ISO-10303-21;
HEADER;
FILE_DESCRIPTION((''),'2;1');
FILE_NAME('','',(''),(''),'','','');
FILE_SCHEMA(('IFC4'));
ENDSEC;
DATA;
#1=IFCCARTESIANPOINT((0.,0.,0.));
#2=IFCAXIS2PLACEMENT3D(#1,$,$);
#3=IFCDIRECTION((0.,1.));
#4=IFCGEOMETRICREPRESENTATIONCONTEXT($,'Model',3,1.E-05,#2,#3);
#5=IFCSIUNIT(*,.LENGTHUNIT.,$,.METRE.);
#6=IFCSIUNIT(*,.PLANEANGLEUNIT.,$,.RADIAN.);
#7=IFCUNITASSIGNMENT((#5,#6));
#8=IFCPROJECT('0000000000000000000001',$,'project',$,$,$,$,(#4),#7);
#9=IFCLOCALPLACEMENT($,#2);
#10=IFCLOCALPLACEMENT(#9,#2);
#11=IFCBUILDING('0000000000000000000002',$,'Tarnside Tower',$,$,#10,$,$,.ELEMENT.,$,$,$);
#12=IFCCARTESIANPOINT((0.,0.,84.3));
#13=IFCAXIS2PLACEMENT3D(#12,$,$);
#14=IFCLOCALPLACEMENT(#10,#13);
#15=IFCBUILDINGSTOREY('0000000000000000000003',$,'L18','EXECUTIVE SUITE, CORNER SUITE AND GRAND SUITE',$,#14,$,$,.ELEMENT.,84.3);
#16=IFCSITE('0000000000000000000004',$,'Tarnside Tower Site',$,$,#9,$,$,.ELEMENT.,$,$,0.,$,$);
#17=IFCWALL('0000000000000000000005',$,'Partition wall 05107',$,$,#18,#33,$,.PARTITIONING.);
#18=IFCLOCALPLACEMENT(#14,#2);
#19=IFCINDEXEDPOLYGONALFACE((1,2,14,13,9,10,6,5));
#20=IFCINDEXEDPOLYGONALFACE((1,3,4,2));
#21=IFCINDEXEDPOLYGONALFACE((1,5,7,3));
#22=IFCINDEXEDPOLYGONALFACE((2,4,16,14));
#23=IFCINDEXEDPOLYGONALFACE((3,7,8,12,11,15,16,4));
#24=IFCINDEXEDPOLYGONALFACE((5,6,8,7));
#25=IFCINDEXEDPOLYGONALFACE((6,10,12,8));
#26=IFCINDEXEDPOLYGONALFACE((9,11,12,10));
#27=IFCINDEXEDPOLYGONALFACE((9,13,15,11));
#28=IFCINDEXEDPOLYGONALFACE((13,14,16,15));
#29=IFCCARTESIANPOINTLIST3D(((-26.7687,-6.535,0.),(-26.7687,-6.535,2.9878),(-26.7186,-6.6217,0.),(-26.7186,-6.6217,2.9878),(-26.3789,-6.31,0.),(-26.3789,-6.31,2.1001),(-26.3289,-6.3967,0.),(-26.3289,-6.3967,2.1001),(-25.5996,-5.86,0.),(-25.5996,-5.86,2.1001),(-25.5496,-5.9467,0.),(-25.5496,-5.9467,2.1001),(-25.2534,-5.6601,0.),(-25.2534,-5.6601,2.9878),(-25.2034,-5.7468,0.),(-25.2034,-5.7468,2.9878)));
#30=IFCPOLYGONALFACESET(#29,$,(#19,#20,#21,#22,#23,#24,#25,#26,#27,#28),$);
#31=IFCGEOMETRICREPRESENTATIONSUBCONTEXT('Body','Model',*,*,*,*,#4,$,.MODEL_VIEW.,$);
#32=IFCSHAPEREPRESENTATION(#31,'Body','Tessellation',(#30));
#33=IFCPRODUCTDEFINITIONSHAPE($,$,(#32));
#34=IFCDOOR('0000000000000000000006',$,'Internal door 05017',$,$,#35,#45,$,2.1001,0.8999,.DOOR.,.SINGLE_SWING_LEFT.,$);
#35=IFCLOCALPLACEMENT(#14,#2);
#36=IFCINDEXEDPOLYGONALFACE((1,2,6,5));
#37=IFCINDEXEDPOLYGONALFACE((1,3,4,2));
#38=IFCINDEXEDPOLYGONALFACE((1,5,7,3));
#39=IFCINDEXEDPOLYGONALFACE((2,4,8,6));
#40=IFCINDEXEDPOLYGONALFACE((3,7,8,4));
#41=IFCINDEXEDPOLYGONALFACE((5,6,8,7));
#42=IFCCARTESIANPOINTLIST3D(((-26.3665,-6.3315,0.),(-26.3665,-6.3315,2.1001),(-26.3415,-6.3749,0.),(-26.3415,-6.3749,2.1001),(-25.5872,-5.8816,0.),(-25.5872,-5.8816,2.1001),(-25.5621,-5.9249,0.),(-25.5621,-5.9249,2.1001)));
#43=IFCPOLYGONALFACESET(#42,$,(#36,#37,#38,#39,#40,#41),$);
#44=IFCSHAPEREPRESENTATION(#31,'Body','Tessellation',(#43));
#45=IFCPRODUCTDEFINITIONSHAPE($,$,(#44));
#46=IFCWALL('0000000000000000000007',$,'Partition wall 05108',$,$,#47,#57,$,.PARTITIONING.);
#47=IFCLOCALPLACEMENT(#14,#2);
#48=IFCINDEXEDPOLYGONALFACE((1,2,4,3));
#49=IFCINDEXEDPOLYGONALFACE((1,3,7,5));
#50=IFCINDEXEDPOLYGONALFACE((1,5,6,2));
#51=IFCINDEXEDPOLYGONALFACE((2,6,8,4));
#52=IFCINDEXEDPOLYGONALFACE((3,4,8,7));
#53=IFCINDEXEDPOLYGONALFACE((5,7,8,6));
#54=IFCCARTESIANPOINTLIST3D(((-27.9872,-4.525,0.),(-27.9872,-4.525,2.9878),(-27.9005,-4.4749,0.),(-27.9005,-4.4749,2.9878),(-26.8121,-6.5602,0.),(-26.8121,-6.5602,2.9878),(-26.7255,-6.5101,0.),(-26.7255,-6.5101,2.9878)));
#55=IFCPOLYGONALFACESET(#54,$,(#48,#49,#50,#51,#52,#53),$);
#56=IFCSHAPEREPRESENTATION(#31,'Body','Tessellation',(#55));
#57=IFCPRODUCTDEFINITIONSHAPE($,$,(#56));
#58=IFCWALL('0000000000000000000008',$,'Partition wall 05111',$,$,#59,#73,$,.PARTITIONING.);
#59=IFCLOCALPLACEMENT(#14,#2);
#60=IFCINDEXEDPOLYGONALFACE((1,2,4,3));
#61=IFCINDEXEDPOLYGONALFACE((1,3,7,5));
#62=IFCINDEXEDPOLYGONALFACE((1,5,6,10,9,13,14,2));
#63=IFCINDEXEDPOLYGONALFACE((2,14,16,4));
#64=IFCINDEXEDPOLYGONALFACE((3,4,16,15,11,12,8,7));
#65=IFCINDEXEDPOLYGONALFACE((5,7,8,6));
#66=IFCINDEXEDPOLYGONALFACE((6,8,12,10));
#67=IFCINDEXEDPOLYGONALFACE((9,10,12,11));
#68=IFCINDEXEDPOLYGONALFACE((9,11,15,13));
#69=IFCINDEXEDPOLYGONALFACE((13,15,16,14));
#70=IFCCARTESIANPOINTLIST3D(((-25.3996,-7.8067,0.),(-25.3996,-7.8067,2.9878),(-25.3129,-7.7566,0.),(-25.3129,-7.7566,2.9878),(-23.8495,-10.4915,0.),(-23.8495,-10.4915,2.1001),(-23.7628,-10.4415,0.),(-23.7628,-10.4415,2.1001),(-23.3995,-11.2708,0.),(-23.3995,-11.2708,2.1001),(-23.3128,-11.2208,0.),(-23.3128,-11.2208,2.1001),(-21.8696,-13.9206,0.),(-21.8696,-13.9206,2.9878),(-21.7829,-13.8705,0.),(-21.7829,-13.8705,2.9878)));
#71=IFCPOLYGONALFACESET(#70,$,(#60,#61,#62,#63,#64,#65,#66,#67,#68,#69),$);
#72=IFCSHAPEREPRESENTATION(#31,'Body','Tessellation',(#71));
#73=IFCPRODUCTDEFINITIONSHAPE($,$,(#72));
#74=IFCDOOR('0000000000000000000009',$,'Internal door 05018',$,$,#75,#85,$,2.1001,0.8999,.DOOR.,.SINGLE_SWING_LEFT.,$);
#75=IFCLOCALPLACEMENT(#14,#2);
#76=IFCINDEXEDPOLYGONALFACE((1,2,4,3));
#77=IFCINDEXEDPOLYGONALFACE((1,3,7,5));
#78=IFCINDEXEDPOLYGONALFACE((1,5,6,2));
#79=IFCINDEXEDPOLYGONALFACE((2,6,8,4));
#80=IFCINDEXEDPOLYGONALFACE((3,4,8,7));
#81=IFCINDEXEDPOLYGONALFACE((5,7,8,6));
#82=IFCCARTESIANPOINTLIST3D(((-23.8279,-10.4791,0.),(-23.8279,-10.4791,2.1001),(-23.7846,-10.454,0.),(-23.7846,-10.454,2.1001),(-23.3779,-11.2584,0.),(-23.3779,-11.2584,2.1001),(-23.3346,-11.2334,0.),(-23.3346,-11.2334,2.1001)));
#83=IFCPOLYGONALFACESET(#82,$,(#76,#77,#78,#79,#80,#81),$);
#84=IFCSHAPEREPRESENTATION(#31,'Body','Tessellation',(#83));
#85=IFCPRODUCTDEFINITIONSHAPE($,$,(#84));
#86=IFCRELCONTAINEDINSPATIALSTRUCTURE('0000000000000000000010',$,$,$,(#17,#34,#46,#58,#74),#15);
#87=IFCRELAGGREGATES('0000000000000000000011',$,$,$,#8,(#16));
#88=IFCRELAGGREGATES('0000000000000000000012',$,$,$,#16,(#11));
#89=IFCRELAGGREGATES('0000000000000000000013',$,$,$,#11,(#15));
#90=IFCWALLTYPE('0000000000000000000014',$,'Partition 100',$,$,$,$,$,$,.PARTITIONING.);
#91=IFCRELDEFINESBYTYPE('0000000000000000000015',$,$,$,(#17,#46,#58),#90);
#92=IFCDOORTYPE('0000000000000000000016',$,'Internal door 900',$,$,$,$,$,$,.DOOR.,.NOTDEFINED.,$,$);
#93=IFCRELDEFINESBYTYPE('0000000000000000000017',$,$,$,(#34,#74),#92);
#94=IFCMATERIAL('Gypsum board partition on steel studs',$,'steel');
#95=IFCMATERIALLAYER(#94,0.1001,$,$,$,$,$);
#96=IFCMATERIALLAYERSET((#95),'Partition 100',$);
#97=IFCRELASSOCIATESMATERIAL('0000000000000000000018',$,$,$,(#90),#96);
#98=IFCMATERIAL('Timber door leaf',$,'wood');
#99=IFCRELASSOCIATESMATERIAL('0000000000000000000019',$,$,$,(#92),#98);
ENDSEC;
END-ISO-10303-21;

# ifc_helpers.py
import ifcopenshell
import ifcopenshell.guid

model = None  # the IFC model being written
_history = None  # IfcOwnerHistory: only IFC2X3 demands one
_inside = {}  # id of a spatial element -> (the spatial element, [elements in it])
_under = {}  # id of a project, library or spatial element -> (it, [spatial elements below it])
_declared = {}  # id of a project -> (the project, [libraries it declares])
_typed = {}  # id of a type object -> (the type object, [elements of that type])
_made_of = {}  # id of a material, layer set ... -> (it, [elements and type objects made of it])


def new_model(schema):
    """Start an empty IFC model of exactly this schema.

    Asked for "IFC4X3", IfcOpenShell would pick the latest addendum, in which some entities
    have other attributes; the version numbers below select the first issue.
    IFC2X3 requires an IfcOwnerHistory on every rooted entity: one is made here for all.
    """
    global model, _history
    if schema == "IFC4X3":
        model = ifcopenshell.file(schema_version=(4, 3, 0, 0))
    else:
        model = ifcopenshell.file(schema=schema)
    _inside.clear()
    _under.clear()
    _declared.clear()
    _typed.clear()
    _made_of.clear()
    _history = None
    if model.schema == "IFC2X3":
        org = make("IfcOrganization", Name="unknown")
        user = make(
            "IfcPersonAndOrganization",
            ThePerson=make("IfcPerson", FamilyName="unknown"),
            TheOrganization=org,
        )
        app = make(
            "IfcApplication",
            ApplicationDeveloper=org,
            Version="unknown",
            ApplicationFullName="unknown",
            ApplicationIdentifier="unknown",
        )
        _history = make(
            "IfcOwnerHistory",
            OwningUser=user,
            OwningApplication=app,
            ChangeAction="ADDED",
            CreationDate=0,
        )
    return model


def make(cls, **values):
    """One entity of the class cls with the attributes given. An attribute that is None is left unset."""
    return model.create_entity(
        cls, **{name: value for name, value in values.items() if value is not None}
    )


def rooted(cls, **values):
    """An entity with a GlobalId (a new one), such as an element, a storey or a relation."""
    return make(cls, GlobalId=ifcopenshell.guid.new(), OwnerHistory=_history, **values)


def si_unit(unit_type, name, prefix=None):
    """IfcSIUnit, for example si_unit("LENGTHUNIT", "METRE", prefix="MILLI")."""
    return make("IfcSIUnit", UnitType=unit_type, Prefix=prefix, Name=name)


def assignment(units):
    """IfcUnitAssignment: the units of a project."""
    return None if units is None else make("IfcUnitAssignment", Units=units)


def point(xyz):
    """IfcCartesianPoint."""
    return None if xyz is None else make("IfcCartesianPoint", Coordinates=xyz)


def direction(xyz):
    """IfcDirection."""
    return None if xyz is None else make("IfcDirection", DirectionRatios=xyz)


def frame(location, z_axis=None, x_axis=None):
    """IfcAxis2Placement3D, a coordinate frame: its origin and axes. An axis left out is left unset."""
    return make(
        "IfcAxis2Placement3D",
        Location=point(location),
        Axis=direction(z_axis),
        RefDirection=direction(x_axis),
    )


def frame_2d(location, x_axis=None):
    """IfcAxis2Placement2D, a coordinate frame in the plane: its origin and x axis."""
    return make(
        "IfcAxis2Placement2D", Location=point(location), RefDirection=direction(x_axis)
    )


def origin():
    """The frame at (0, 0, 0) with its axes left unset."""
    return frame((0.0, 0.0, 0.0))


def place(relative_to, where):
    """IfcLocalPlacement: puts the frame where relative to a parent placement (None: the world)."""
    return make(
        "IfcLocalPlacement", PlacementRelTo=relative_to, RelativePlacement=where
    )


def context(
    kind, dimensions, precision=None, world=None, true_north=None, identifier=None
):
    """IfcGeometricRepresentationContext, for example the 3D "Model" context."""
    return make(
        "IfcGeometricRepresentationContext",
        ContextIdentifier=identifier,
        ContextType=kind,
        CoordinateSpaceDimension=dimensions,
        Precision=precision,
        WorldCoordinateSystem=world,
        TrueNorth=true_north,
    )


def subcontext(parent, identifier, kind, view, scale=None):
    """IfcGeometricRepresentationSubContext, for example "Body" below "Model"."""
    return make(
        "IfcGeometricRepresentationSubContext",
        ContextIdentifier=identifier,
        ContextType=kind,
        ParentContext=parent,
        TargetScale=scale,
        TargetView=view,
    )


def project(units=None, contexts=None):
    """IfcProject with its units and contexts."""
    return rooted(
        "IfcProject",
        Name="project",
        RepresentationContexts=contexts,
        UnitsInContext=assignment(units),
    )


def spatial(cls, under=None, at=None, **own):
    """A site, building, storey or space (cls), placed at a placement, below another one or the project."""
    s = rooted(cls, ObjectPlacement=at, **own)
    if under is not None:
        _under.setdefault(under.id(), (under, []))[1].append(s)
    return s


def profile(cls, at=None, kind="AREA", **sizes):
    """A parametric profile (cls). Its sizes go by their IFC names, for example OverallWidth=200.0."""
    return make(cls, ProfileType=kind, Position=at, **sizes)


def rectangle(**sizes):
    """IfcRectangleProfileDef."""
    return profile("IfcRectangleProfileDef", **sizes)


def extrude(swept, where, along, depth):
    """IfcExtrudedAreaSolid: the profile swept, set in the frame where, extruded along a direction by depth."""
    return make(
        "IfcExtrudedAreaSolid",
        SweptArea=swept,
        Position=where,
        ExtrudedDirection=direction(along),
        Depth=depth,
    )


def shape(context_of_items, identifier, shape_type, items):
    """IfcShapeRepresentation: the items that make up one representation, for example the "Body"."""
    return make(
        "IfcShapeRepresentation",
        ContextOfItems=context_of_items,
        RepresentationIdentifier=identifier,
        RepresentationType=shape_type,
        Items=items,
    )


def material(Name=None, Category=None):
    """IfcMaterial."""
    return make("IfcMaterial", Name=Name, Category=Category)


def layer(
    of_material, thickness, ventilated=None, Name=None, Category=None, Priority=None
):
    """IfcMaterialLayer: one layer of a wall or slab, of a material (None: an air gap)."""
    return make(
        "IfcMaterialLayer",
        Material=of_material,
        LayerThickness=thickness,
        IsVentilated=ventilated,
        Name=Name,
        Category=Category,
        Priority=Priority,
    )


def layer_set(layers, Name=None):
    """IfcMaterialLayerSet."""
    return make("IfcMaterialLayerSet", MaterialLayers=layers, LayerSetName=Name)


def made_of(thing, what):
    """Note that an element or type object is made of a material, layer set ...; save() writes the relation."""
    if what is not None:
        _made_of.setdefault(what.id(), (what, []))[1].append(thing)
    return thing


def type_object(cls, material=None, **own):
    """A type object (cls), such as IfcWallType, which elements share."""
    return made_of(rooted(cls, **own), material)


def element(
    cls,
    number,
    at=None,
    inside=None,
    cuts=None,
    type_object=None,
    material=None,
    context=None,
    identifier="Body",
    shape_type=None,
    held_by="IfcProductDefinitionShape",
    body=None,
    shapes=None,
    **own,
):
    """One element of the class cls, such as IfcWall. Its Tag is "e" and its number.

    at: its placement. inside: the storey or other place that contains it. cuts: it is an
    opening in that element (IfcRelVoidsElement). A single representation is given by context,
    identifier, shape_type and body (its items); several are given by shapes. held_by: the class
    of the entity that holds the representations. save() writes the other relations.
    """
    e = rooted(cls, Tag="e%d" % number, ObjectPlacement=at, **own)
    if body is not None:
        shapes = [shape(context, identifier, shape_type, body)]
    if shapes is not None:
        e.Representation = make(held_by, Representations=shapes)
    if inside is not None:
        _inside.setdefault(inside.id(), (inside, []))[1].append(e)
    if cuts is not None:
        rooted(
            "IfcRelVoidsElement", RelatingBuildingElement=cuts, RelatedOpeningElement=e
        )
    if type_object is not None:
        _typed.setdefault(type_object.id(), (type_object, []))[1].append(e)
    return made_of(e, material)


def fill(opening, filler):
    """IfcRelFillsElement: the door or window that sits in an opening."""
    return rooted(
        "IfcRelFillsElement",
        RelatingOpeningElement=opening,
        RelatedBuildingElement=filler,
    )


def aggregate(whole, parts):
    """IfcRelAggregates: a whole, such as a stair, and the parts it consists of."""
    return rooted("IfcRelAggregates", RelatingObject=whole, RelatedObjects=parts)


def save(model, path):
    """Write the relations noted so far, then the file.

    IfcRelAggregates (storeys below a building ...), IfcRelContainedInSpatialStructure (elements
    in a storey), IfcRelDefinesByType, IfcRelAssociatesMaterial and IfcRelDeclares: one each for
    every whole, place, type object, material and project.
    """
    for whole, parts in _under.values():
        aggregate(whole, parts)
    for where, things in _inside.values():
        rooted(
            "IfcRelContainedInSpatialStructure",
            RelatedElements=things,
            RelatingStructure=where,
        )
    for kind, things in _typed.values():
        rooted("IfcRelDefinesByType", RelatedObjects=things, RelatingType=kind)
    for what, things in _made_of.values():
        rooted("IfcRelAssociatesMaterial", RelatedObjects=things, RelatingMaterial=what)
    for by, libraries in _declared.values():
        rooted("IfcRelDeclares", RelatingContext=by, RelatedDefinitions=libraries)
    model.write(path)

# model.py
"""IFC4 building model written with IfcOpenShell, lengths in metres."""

from ifc_helpers import new_model, si_unit, direction, frame, frame_2d, origin, place, context, subcontext, project, spatial, rectangle, extrude, material, layer, layer_set, type_object, element, fill, save


model = new_model("IFC4")

# Units and contexts
model_context = context("Model", 3, precision=1e-05, world=origin(), true_north=direction((0.0, 1.0)))
body_context = subcontext(model_context, "Body", "Model", "MODEL_VIEW")
ifc_project = project(units=[si_unit("LENGTHUNIT", "METRE"), si_unit("PLANEANGLEUNIT", "RADIAN")], contexts=[model_context])

# Site, building, storey
site_placement = place(None, origin())
site = spatial("IfcSite", under=ifc_project, at=site_placement, Name="Tarnside Tower Site", CompositionType="ELEMENT", RefElevation=0.0)
building_placement = place(site_placement, origin())
building = spatial("IfcBuilding", under=site, at=building_placement, Name="Tarnside Tower", CompositionType="ELEMENT")
storey_placement = place(building_placement, frame((0.0, 0.0, 84.3)))
storey = spatial("IfcBuildingStorey", under=building, at=storey_placement, Name="L18", Description="EXECUTIVE SUITE, CORNER SUITE AND GRAND SUITE", CompositionType="ELEMENT", Elevation=84.3)

# Shared definitions
ifc_material_1 = material(Name="Gypsum board partition on steel studs", Category="steel")

# Shared definitions
ifc_material_2 = material(Name="Timber door leaf", Category="wood")

# Wall, opening, door
ifc_layer_1 = layer(ifc_material_1, 0.1001)
ifc_layer_set_1 = layer_set([ifc_layer_1], Name="Partition 100")
wall_type_1 = type_object("IfcWallType", Name="Partition 100", PredefinedType="PARTITIONING", material=ifc_layer_set_1)
wall_1_placement = place(storey_placement, frame((-25.2283, -5.7034, 0.0), z_axis=(0.0, 0.0, 1.0), x_axis=(-0.866002, -0.50004, 0.0)))
wall_1 = element("IfcWall", 1, at=wall_1_placement, inside=storey, type_object=wall_type_1, Name="Partition wall 05107", PredefinedType="PARTITIONING", context=body_context, shape_type="SweptSolid", body=[
    extrude(rectangle(XDim=1.7498, YDim=0.1001, at=frame_2d((0.875, 0.0))), origin(), (0.0, 0.0, 1.0), 2.9878),
])
opening_1_placement = place(wall_1_placement, frame((0.3999, 0.0, 0.0)))
opening_1 = element("IfcOpeningElement", 2, at=opening_1_placement, cuts=wall_1, PredefinedType="OPENING", context=body_context, shape_type="SweptSolid", body=[
    extrude(rectangle(XDim=0.8999, YDim=2.1001, at=frame_2d((0.45, 1.05))), frame((0.0, 0.0601, 0.0), z_axis=(0.0, -1.0, 0.0), x_axis=(1.0, 0.0, 0.0)), (0.0, 0.0, 1.0), 0.1201),
])
door_type_1 = type_object("IfcDoorType", Name="Internal door 900", OperationType="NOTDEFINED", PredefinedType="DOOR", material=ifc_material_2)
door_1_placement = place(opening_1_placement, origin())
door_1 = element("IfcDoor", 3, at=door_1_placement, inside=storey, type_object=door_type_1, Name="Internal door 05017", OperationType="SINGLE_SWING_LEFT", OverallHeight=2.1001, OverallWidth=0.8999, PredefinedType="DOOR", context=body_context, shape_type="SweptSolid", body=[
    extrude(rectangle(XDim=0.8999, YDim=2.1001, at=frame_2d((0.45, 1.05))), frame((0.0, 0.0249, 0.0), z_axis=(0.0, -1.0, 0.0), x_axis=(1.0, 0.0, 0.0)), (0.0, 0.0, 1.0), 0.05),
])
fill(opening_1, door_1)

# Wall
wall_2_placement = place(storey_placement, frame((-26.7688, -6.5352, 0.0), z_axis=(0.0, 0.0, 1.0), x_axis=(-0.500016, 0.866016, 0.0)))
element("IfcWall", 4, at=wall_2_placement, inside=storey, type_object=wall_type_1, Name="Partition wall 05108", PredefinedType="PARTITIONING", context=body_context, shape_type="SweptSolid", body=[
    extrude(rectangle(XDim=2.3501, YDim=0.1001, at=frame_2d((1.175, 0.0))), origin(), (0.0, 0.0, 1.0), 2.9878),
])

# Wall, opening, door
wall_3_placement = place(storey_placement, frame((-25.3562, -7.7817, 0.0), z_axis=(0.0, 0.0, 1.0), x_axis=(0.500011, -0.866019, 0.0)))
wall_3 = element("IfcWall", 5, at=wall_3_placement, inside=storey, type_object=wall_type_1, Name="Partition wall 05111", PredefinedType="PARTITIONING", context=body_context, shape_type="SweptSolid", body=[
    extrude(rectangle(XDim=7.0598, YDim=0.1001, at=frame_2d((3.5298, 0.0))), origin(), (0.0, 0.0, 1.0), 2.9878),
])
opening_2_placement = place(wall_3_placement, frame((3.1001, 0.0, 0.0)))
opening_2 = element("IfcOpeningElement", 6, at=opening_2_placement, cuts=wall_3, PredefinedType="OPENING", context=body_context, shape_type="SweptSolid", body=[
    extrude(rectangle(XDim=0.8999, YDim=2.1001, at=frame_2d((0.45, 1.05))), frame((0.0, 0.0601, 0.0), z_axis=(0.0, -1.0, 0.0), x_axis=(1.0, 0.0, 0.0)), (0.0, 0.0, 1.0), 0.1201),
])
door_2_placement = place(opening_2_placement, origin())
door_2 = element("IfcDoor", 7, at=door_2_placement, inside=storey, type_object=door_type_1, Name="Internal door 05018", OperationType="SINGLE_SWING_LEFT", OverallHeight=2.1001, OverallWidth=0.8999, PredefinedType="DOOR", context=body_context, shape_type="SweptSolid", body=[
    extrude(rectangle(XDim=0.8999, YDim=2.1001, at=frame_2d((0.45, 1.05))), frame((0.0, 0.0249, 0.0), z_axis=(0.0, -1.0, 0.0), x_axis=(1.0, 0.0, 0.0)), (0.0, 0.0, 1.0), 0.05),
])
fill(opening_2, door_2)

save(model, "model.ifc")
